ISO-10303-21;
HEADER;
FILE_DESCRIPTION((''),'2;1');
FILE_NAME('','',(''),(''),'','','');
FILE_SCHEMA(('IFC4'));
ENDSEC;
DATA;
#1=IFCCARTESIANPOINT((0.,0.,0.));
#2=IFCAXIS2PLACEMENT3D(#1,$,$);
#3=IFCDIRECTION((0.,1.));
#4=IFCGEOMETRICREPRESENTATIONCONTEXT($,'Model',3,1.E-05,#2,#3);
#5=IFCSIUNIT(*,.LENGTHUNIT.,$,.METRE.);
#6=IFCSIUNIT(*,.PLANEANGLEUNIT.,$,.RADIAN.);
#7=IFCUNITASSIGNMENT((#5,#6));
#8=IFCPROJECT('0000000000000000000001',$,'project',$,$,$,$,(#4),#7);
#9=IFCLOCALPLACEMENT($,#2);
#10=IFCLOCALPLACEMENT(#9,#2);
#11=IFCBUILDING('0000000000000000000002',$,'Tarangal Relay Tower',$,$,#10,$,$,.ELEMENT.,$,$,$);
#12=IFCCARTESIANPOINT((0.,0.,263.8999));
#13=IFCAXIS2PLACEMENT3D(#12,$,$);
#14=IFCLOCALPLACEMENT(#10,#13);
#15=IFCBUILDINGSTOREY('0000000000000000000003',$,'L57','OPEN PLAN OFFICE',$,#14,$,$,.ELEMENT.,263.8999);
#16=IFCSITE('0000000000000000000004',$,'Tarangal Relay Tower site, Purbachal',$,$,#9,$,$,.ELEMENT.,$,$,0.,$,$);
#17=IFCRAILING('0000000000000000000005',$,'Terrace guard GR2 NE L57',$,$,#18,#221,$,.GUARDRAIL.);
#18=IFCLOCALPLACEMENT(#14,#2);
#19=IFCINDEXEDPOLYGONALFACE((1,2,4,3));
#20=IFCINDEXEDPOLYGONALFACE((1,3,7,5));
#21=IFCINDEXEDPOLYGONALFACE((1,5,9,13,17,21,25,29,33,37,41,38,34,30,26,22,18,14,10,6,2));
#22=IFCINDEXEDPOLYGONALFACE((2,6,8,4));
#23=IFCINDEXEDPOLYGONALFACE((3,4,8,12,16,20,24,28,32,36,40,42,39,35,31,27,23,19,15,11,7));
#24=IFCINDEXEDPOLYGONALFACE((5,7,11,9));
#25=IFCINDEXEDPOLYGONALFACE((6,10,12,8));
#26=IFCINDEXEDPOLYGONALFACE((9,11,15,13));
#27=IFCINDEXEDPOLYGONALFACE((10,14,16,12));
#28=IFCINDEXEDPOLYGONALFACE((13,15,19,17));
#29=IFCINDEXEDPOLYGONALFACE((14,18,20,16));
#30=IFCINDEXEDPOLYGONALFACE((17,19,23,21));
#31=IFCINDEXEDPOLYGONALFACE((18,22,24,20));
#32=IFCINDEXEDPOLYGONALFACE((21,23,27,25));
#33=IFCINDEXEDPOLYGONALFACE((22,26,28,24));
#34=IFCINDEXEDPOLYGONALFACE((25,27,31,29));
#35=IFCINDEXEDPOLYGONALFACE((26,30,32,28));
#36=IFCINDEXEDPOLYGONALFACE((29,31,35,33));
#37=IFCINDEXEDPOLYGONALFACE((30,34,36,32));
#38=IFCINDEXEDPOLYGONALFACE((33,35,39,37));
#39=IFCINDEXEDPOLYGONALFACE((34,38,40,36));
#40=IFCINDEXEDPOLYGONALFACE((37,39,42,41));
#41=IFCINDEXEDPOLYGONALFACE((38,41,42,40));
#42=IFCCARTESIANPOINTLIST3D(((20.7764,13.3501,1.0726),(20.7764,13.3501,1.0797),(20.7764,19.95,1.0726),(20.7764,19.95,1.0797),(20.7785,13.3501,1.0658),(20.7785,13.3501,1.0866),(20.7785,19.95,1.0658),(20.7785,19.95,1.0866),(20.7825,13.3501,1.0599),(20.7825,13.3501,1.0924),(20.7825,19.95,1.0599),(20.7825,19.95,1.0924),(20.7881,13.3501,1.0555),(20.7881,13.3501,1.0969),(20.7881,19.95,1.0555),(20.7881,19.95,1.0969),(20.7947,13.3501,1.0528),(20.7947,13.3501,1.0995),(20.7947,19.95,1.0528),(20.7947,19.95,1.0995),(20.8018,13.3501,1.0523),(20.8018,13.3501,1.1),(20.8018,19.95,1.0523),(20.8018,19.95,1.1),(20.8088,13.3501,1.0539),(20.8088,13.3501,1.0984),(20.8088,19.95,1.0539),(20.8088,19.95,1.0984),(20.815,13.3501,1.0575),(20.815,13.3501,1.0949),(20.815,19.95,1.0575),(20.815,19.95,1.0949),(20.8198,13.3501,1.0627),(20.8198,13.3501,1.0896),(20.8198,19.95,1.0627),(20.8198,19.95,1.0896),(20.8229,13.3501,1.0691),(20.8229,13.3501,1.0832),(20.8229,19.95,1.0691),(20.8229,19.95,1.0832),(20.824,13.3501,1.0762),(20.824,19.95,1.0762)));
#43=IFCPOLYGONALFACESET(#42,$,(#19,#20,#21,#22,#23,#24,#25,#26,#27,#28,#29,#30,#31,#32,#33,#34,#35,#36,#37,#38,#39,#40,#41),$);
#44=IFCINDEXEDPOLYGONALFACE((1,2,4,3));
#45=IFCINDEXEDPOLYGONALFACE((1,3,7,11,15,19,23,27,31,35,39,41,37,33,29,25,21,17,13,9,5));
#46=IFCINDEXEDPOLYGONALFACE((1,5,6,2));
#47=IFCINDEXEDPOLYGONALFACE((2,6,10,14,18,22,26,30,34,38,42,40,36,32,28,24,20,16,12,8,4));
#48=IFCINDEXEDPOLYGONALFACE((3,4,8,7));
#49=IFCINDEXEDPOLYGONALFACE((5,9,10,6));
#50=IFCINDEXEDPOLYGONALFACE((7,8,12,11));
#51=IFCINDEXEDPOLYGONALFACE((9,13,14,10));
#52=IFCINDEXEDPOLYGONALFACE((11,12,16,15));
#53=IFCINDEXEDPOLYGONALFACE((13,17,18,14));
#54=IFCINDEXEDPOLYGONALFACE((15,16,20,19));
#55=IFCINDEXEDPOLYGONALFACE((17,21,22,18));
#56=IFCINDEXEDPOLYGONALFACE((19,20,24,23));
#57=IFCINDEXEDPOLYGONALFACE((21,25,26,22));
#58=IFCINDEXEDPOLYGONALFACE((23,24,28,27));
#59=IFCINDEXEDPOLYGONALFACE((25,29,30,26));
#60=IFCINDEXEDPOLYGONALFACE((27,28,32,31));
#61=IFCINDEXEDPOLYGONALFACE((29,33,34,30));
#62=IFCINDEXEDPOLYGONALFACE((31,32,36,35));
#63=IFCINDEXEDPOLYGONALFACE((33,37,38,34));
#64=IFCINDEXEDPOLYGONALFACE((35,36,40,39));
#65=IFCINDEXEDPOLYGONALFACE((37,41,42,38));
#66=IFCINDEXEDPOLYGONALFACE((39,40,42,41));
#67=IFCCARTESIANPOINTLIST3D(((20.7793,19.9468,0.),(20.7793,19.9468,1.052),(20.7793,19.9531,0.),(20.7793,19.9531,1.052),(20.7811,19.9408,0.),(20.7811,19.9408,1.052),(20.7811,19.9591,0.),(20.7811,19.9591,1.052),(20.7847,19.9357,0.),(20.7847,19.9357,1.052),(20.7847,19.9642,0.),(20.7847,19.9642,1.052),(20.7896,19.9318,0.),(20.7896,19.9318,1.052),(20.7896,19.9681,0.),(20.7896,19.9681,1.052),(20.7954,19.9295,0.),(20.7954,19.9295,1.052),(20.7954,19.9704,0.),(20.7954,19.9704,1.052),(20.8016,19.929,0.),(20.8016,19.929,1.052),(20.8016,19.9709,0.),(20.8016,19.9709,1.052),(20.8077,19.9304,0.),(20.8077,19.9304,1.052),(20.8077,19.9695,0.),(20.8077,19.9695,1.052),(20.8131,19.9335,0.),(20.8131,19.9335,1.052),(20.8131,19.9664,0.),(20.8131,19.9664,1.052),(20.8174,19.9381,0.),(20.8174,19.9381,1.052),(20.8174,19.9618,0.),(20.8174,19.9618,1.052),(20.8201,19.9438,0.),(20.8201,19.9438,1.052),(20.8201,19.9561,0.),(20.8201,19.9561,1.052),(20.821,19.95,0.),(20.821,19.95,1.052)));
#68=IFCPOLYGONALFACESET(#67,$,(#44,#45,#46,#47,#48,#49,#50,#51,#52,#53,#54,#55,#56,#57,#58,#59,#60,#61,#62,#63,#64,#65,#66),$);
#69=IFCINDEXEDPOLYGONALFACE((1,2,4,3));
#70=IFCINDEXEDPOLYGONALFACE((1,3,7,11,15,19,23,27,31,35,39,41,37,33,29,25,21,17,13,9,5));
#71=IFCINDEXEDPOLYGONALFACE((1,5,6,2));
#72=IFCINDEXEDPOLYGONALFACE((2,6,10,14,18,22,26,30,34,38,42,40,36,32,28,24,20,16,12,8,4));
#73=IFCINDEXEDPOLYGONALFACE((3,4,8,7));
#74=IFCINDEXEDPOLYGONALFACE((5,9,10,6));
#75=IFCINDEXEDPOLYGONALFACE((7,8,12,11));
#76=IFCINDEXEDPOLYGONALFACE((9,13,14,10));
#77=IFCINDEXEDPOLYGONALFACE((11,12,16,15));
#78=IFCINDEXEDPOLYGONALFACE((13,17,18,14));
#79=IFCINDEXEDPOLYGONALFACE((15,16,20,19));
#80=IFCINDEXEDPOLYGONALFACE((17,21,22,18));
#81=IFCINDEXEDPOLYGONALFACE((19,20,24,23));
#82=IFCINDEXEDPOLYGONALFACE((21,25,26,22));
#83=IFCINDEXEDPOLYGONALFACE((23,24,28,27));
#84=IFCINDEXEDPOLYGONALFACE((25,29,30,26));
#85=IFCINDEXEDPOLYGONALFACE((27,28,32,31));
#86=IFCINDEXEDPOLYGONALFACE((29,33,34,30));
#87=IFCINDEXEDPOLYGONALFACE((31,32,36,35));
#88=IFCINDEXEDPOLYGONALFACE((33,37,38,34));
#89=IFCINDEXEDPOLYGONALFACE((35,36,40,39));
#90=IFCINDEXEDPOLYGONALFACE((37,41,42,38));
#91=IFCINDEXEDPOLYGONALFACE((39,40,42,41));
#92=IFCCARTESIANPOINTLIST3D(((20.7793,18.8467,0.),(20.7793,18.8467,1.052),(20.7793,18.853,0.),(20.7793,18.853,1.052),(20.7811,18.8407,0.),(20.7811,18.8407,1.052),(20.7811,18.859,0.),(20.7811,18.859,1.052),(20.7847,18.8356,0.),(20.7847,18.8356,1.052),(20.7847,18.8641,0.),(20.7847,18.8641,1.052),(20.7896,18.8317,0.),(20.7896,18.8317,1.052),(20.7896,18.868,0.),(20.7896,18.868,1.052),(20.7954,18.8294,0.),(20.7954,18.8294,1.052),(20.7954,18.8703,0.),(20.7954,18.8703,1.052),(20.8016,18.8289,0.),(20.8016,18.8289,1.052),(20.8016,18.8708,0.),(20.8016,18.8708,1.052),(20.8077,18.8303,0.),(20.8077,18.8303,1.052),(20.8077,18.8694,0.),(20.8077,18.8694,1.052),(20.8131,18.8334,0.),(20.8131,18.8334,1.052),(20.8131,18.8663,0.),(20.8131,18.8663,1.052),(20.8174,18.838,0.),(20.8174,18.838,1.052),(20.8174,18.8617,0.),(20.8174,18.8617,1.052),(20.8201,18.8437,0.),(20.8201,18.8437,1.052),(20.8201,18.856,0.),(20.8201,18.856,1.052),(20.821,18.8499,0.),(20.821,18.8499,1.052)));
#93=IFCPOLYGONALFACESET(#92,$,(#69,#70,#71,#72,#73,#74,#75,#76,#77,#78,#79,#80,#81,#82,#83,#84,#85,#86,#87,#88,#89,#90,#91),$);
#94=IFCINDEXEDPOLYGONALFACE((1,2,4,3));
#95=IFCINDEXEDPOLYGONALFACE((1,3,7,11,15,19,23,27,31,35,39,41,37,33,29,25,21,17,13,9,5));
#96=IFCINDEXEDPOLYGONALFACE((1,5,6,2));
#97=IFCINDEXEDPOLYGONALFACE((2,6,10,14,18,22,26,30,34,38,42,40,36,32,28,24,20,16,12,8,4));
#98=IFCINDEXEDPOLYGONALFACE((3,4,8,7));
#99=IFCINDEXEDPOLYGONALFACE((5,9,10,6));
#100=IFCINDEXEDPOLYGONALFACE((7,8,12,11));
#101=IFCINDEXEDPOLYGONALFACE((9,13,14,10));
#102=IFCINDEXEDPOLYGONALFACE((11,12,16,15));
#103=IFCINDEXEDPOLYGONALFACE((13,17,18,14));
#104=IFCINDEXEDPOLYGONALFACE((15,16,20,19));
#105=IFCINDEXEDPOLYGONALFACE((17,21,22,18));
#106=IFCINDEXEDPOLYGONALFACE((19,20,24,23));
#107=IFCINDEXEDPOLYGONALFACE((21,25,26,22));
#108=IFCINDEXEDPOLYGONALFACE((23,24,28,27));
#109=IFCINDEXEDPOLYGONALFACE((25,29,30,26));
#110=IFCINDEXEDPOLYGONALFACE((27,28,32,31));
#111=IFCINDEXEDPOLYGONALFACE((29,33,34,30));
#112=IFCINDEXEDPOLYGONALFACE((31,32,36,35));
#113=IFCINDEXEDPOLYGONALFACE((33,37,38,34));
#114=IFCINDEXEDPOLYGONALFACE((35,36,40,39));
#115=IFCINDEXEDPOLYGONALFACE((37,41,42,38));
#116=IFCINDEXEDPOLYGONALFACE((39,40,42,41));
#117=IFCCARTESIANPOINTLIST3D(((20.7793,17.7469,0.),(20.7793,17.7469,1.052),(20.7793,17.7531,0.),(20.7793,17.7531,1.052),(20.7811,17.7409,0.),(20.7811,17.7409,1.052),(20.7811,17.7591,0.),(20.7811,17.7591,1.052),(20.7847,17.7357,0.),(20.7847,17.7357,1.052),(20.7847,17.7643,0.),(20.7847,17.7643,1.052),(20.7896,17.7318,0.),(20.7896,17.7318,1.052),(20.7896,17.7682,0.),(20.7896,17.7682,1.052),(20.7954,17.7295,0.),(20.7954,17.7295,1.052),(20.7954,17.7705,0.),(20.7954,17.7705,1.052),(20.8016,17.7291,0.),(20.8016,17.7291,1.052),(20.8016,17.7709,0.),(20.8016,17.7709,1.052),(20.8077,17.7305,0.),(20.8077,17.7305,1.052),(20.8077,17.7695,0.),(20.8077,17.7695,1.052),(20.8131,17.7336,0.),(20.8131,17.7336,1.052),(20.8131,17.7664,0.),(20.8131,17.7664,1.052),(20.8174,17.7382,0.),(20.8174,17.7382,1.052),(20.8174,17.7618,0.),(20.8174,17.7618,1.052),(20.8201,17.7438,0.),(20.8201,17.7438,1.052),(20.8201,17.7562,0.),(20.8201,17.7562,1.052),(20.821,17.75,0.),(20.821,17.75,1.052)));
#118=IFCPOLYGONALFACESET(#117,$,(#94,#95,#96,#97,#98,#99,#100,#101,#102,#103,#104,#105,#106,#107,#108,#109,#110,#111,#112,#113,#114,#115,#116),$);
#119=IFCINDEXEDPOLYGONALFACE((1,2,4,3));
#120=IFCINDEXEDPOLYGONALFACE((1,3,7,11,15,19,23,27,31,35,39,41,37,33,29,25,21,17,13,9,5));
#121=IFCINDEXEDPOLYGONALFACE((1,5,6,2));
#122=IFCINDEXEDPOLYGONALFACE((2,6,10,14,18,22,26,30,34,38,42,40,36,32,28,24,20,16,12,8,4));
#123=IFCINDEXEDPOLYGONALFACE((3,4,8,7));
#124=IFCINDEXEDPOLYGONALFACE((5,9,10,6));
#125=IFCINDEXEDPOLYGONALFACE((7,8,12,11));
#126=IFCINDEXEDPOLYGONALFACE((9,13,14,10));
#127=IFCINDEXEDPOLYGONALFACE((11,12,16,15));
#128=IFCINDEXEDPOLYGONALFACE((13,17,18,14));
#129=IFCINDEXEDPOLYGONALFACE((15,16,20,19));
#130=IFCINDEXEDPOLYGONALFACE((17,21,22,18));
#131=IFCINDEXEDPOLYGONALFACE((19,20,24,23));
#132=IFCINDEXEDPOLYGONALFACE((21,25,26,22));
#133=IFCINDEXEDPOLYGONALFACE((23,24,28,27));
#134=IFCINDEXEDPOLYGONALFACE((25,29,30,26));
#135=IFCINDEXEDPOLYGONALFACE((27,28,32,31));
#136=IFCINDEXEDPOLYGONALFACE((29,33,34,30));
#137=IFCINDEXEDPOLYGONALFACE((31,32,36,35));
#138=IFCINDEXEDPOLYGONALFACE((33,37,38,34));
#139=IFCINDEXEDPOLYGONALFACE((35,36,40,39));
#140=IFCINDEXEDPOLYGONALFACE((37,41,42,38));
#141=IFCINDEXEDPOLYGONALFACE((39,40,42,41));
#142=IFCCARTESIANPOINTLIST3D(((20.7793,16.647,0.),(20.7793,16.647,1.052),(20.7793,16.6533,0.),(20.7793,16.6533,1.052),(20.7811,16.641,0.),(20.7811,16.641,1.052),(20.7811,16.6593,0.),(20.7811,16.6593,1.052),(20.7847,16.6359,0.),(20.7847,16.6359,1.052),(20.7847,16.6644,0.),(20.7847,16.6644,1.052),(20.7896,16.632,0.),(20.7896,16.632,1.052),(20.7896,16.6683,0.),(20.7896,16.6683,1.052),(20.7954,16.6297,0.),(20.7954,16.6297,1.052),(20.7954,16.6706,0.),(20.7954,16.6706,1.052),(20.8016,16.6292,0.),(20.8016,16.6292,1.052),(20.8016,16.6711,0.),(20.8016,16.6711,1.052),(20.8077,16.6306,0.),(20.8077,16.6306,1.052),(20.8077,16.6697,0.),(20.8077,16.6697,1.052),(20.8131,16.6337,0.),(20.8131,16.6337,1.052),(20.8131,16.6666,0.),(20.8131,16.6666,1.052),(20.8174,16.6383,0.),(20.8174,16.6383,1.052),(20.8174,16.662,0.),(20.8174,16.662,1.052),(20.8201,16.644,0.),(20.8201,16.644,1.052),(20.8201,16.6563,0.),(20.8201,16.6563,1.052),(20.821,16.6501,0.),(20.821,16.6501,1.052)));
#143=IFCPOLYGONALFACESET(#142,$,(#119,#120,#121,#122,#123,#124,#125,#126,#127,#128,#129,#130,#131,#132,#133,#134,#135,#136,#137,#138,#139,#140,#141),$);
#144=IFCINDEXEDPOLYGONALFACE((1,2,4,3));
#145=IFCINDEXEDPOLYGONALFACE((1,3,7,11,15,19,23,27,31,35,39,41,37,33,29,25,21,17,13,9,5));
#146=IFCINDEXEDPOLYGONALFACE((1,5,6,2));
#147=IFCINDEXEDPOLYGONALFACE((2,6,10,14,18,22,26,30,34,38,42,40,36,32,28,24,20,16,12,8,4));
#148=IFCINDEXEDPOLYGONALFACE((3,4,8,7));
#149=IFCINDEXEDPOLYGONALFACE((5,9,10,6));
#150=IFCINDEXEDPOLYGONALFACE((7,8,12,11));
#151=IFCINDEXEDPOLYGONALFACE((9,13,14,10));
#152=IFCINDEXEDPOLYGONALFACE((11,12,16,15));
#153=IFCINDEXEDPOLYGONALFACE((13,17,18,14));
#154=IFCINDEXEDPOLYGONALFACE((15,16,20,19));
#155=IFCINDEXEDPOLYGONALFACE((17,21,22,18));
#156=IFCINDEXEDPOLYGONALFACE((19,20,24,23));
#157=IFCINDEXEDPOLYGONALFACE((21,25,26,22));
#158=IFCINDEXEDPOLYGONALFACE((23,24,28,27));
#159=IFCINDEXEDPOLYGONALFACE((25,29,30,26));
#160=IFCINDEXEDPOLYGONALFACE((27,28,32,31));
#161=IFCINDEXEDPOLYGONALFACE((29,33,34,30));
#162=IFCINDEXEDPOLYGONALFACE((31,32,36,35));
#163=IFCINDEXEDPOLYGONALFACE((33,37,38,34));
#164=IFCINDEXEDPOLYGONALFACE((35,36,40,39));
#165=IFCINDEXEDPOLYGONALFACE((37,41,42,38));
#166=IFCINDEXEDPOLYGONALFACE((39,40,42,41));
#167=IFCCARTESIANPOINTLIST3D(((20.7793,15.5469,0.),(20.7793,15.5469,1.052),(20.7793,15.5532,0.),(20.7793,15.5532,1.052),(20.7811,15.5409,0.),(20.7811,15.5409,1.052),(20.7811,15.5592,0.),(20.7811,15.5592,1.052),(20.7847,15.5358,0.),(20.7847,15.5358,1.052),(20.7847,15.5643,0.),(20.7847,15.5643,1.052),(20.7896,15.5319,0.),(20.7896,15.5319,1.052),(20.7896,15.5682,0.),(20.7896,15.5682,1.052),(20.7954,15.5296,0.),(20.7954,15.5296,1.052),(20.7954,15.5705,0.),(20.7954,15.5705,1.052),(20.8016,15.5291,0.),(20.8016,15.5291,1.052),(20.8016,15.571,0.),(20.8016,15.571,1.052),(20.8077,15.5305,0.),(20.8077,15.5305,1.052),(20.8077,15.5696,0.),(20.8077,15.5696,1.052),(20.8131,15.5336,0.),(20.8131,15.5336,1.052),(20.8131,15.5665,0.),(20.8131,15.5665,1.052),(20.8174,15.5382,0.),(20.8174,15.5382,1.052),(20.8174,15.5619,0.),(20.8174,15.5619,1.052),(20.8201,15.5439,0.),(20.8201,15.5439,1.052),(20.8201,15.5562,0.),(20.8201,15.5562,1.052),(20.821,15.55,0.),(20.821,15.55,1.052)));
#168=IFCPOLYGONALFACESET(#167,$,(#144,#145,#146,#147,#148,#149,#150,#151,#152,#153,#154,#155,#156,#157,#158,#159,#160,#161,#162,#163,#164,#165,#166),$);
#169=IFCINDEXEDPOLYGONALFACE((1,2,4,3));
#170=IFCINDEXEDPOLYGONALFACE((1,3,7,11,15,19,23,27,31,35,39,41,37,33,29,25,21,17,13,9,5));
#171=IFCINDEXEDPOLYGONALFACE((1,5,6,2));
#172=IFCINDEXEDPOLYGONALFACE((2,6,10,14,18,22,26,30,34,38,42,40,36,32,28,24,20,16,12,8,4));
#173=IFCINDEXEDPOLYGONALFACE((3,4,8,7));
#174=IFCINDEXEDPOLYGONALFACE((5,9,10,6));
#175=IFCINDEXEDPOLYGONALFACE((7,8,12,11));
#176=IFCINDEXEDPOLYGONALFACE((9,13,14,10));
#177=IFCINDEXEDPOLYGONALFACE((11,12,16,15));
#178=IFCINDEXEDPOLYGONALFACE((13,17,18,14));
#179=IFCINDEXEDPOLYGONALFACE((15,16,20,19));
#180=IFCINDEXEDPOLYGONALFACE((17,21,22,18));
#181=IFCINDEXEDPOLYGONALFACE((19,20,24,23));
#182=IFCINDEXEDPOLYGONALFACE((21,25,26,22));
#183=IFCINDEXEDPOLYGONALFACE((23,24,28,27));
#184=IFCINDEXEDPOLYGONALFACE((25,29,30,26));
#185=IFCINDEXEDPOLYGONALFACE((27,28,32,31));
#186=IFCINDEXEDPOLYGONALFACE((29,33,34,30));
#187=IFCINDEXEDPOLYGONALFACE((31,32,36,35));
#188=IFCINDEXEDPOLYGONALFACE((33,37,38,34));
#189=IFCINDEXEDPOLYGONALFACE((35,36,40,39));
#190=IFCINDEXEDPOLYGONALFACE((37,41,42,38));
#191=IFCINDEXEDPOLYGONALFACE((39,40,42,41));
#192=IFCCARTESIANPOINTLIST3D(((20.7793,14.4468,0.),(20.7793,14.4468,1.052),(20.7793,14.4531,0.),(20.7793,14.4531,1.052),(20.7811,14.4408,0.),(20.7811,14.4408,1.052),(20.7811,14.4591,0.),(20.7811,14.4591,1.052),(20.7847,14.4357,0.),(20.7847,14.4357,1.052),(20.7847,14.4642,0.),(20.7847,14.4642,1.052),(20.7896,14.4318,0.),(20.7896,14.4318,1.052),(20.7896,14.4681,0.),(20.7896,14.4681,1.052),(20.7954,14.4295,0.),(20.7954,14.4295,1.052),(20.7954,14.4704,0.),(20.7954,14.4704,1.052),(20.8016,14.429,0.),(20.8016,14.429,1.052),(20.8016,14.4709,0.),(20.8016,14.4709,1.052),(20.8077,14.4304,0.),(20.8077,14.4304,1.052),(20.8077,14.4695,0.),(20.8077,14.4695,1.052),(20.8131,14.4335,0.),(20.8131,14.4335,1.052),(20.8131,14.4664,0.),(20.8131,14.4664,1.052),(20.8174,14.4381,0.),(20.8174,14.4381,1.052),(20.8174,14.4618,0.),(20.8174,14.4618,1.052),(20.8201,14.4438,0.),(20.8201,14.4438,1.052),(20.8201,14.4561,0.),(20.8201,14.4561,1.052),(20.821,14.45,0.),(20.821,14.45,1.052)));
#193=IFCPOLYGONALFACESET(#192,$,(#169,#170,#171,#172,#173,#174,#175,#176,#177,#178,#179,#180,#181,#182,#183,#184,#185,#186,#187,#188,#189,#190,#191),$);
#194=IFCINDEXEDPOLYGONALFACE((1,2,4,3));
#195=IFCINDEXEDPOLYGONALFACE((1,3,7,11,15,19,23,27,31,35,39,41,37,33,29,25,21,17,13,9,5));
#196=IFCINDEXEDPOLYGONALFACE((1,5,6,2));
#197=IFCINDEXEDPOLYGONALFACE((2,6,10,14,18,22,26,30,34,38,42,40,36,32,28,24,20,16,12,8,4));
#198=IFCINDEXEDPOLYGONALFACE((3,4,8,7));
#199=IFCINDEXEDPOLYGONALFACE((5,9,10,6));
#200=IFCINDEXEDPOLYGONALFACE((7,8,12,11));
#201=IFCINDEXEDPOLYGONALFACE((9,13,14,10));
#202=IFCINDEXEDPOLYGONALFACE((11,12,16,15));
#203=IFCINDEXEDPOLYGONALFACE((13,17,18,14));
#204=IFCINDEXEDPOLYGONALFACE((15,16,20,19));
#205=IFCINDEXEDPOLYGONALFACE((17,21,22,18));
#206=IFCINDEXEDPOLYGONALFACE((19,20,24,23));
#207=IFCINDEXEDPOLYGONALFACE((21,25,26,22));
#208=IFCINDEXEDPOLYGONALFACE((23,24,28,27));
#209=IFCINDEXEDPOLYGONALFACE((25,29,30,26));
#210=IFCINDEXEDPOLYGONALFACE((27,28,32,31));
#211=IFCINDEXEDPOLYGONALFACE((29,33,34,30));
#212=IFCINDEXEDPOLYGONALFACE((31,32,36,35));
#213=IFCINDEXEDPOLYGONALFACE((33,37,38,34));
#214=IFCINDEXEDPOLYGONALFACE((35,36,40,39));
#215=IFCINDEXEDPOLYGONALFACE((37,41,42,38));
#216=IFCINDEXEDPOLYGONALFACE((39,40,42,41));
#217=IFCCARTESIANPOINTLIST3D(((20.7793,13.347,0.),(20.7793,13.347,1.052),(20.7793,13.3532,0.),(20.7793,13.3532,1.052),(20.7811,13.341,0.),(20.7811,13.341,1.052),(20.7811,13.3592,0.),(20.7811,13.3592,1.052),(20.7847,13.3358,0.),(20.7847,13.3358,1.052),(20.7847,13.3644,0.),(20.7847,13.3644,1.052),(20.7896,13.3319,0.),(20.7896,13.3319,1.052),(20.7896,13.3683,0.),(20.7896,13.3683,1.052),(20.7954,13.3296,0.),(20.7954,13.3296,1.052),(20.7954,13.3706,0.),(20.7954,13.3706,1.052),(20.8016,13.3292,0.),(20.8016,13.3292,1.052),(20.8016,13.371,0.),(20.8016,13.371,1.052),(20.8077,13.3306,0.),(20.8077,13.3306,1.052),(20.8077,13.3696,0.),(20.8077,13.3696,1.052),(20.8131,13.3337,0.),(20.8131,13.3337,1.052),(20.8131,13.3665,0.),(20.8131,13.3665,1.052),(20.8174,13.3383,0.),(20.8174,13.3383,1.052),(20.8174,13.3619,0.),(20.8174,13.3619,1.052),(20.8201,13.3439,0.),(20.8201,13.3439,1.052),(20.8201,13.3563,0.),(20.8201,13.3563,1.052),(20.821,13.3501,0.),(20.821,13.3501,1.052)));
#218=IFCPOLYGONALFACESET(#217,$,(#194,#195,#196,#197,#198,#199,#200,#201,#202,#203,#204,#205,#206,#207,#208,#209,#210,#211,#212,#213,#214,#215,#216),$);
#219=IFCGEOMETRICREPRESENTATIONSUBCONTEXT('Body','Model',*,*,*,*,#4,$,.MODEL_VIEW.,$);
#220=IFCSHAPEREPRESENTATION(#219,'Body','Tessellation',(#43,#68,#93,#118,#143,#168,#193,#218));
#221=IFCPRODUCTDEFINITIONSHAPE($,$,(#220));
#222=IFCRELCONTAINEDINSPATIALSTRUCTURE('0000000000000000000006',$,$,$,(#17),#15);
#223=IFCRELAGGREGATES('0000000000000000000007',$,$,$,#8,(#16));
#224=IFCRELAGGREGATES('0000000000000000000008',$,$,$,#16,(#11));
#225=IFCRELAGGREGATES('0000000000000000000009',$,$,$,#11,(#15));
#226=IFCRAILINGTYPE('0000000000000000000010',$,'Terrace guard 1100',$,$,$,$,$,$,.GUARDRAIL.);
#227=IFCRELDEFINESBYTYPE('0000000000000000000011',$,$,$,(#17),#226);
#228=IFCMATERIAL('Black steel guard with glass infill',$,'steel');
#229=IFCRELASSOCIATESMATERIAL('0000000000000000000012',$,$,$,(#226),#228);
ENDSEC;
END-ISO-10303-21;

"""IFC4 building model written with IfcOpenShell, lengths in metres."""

from ifc_helpers import new_model, si_unit, direction, frame, origin, origin_2d, place, context, subcontext, project, spatial, circle, extrude, material, type_object, element, save


model = new_model("IFC4")

# Units and contexts
model_context = context("Model", 3, precision=1e-05, world=origin(), true_north=direction((0.0, 1.0)))
body_context = subcontext(model_context, "Body", "Model", "MODEL_VIEW")
ifc_project = project(units=[si_unit("LENGTHUNIT", "METRE"), si_unit("PLANEANGLEUNIT", "RADIAN")], contexts=[model_context])

# Site, building, storey
site_placement = place(None, origin())
site = spatial("IfcSite", under=ifc_project, at=site_placement, Name="Tarangal Relay Tower site, Purbachal", CompositionType="ELEMENT", RefElevation=0.0)
building_placement = place(site_placement, origin())
building = spatial("IfcBuilding", under=site, at=building_placement, Name="Tarangal Relay Tower", CompositionType="ELEMENT")
storey_placement = place(building_placement, frame((0.0, 0.0, 263.8999)))
storey = spatial("IfcBuildingStorey", under=building, at=storey_placement, Name="L57", Description="OPEN PLAN OFFICE", CompositionType="ELEMENT", Elevation=263.8999)

# Railing
ifc_material_1 = material(Name="Black steel guard with glass infill", Category="steel")
railing_type = type_object("IfcRailingType", Name="Terrace guard 1100", PredefinedType="GUARDRAIL", material=ifc_material_1)
railing_1_placement = place(storey_placement, frame((20.8, 19.95, 0.0)))
element("IfcRailing", 1, at=railing_1_placement, inside=storey, type_object=railing_type, Name="Terrace guard GR2 NE L57", PredefinedType="GUARDRAIL", context=body_context, shape_type="SweptSolid", body=[
    extrude(circle(Radius=0.0239, at=origin_2d()), frame((0.0, 0.0, 1.0762), z_axis=(0.0, -1.0, 0.0), x_axis=(1.0, 0.0, 0.0)), (0.0, 0.0, 1.0), 6.5999),
    extrude(circle(Radius=0.021, at=origin_2d()), origin(), (0.0, 0.0, 1.0), 1.052),
    extrude(circle(Radius=0.021, at=origin_2d()), frame((0.0, -1.1001, 0.0)), (0.0, 0.0, 1.0), 1.052),
    extrude(circle(Radius=0.021, at=origin_2d()), frame((0.0, -2.2, 0.0)), (0.0, 0.0, 1.0), 1.052),
    extrude(circle(Radius=0.021, at=origin_2d()), frame((0.0, -3.2998, 0.0)), (0.0, 0.0, 1.0), 1.052),
    extrude(circle(Radius=0.021, at=origin_2d()), frame((0.0, -4.3999, 0.0)), (0.0, 0.0, 1.0), 1.052),
    extrude(circle(Radius=0.021, at=origin_2d()), frame((0.0, -5.5, 0.0)), (0.0, 0.0, 1.0), 1.052),
    extrude(circle(Radius=0.021, at=origin_2d()), frame((0.0, -6.5999, 0.0)), (0.0, 0.0, 1.0), 1.052),
])

save(model, "model.ifc")
